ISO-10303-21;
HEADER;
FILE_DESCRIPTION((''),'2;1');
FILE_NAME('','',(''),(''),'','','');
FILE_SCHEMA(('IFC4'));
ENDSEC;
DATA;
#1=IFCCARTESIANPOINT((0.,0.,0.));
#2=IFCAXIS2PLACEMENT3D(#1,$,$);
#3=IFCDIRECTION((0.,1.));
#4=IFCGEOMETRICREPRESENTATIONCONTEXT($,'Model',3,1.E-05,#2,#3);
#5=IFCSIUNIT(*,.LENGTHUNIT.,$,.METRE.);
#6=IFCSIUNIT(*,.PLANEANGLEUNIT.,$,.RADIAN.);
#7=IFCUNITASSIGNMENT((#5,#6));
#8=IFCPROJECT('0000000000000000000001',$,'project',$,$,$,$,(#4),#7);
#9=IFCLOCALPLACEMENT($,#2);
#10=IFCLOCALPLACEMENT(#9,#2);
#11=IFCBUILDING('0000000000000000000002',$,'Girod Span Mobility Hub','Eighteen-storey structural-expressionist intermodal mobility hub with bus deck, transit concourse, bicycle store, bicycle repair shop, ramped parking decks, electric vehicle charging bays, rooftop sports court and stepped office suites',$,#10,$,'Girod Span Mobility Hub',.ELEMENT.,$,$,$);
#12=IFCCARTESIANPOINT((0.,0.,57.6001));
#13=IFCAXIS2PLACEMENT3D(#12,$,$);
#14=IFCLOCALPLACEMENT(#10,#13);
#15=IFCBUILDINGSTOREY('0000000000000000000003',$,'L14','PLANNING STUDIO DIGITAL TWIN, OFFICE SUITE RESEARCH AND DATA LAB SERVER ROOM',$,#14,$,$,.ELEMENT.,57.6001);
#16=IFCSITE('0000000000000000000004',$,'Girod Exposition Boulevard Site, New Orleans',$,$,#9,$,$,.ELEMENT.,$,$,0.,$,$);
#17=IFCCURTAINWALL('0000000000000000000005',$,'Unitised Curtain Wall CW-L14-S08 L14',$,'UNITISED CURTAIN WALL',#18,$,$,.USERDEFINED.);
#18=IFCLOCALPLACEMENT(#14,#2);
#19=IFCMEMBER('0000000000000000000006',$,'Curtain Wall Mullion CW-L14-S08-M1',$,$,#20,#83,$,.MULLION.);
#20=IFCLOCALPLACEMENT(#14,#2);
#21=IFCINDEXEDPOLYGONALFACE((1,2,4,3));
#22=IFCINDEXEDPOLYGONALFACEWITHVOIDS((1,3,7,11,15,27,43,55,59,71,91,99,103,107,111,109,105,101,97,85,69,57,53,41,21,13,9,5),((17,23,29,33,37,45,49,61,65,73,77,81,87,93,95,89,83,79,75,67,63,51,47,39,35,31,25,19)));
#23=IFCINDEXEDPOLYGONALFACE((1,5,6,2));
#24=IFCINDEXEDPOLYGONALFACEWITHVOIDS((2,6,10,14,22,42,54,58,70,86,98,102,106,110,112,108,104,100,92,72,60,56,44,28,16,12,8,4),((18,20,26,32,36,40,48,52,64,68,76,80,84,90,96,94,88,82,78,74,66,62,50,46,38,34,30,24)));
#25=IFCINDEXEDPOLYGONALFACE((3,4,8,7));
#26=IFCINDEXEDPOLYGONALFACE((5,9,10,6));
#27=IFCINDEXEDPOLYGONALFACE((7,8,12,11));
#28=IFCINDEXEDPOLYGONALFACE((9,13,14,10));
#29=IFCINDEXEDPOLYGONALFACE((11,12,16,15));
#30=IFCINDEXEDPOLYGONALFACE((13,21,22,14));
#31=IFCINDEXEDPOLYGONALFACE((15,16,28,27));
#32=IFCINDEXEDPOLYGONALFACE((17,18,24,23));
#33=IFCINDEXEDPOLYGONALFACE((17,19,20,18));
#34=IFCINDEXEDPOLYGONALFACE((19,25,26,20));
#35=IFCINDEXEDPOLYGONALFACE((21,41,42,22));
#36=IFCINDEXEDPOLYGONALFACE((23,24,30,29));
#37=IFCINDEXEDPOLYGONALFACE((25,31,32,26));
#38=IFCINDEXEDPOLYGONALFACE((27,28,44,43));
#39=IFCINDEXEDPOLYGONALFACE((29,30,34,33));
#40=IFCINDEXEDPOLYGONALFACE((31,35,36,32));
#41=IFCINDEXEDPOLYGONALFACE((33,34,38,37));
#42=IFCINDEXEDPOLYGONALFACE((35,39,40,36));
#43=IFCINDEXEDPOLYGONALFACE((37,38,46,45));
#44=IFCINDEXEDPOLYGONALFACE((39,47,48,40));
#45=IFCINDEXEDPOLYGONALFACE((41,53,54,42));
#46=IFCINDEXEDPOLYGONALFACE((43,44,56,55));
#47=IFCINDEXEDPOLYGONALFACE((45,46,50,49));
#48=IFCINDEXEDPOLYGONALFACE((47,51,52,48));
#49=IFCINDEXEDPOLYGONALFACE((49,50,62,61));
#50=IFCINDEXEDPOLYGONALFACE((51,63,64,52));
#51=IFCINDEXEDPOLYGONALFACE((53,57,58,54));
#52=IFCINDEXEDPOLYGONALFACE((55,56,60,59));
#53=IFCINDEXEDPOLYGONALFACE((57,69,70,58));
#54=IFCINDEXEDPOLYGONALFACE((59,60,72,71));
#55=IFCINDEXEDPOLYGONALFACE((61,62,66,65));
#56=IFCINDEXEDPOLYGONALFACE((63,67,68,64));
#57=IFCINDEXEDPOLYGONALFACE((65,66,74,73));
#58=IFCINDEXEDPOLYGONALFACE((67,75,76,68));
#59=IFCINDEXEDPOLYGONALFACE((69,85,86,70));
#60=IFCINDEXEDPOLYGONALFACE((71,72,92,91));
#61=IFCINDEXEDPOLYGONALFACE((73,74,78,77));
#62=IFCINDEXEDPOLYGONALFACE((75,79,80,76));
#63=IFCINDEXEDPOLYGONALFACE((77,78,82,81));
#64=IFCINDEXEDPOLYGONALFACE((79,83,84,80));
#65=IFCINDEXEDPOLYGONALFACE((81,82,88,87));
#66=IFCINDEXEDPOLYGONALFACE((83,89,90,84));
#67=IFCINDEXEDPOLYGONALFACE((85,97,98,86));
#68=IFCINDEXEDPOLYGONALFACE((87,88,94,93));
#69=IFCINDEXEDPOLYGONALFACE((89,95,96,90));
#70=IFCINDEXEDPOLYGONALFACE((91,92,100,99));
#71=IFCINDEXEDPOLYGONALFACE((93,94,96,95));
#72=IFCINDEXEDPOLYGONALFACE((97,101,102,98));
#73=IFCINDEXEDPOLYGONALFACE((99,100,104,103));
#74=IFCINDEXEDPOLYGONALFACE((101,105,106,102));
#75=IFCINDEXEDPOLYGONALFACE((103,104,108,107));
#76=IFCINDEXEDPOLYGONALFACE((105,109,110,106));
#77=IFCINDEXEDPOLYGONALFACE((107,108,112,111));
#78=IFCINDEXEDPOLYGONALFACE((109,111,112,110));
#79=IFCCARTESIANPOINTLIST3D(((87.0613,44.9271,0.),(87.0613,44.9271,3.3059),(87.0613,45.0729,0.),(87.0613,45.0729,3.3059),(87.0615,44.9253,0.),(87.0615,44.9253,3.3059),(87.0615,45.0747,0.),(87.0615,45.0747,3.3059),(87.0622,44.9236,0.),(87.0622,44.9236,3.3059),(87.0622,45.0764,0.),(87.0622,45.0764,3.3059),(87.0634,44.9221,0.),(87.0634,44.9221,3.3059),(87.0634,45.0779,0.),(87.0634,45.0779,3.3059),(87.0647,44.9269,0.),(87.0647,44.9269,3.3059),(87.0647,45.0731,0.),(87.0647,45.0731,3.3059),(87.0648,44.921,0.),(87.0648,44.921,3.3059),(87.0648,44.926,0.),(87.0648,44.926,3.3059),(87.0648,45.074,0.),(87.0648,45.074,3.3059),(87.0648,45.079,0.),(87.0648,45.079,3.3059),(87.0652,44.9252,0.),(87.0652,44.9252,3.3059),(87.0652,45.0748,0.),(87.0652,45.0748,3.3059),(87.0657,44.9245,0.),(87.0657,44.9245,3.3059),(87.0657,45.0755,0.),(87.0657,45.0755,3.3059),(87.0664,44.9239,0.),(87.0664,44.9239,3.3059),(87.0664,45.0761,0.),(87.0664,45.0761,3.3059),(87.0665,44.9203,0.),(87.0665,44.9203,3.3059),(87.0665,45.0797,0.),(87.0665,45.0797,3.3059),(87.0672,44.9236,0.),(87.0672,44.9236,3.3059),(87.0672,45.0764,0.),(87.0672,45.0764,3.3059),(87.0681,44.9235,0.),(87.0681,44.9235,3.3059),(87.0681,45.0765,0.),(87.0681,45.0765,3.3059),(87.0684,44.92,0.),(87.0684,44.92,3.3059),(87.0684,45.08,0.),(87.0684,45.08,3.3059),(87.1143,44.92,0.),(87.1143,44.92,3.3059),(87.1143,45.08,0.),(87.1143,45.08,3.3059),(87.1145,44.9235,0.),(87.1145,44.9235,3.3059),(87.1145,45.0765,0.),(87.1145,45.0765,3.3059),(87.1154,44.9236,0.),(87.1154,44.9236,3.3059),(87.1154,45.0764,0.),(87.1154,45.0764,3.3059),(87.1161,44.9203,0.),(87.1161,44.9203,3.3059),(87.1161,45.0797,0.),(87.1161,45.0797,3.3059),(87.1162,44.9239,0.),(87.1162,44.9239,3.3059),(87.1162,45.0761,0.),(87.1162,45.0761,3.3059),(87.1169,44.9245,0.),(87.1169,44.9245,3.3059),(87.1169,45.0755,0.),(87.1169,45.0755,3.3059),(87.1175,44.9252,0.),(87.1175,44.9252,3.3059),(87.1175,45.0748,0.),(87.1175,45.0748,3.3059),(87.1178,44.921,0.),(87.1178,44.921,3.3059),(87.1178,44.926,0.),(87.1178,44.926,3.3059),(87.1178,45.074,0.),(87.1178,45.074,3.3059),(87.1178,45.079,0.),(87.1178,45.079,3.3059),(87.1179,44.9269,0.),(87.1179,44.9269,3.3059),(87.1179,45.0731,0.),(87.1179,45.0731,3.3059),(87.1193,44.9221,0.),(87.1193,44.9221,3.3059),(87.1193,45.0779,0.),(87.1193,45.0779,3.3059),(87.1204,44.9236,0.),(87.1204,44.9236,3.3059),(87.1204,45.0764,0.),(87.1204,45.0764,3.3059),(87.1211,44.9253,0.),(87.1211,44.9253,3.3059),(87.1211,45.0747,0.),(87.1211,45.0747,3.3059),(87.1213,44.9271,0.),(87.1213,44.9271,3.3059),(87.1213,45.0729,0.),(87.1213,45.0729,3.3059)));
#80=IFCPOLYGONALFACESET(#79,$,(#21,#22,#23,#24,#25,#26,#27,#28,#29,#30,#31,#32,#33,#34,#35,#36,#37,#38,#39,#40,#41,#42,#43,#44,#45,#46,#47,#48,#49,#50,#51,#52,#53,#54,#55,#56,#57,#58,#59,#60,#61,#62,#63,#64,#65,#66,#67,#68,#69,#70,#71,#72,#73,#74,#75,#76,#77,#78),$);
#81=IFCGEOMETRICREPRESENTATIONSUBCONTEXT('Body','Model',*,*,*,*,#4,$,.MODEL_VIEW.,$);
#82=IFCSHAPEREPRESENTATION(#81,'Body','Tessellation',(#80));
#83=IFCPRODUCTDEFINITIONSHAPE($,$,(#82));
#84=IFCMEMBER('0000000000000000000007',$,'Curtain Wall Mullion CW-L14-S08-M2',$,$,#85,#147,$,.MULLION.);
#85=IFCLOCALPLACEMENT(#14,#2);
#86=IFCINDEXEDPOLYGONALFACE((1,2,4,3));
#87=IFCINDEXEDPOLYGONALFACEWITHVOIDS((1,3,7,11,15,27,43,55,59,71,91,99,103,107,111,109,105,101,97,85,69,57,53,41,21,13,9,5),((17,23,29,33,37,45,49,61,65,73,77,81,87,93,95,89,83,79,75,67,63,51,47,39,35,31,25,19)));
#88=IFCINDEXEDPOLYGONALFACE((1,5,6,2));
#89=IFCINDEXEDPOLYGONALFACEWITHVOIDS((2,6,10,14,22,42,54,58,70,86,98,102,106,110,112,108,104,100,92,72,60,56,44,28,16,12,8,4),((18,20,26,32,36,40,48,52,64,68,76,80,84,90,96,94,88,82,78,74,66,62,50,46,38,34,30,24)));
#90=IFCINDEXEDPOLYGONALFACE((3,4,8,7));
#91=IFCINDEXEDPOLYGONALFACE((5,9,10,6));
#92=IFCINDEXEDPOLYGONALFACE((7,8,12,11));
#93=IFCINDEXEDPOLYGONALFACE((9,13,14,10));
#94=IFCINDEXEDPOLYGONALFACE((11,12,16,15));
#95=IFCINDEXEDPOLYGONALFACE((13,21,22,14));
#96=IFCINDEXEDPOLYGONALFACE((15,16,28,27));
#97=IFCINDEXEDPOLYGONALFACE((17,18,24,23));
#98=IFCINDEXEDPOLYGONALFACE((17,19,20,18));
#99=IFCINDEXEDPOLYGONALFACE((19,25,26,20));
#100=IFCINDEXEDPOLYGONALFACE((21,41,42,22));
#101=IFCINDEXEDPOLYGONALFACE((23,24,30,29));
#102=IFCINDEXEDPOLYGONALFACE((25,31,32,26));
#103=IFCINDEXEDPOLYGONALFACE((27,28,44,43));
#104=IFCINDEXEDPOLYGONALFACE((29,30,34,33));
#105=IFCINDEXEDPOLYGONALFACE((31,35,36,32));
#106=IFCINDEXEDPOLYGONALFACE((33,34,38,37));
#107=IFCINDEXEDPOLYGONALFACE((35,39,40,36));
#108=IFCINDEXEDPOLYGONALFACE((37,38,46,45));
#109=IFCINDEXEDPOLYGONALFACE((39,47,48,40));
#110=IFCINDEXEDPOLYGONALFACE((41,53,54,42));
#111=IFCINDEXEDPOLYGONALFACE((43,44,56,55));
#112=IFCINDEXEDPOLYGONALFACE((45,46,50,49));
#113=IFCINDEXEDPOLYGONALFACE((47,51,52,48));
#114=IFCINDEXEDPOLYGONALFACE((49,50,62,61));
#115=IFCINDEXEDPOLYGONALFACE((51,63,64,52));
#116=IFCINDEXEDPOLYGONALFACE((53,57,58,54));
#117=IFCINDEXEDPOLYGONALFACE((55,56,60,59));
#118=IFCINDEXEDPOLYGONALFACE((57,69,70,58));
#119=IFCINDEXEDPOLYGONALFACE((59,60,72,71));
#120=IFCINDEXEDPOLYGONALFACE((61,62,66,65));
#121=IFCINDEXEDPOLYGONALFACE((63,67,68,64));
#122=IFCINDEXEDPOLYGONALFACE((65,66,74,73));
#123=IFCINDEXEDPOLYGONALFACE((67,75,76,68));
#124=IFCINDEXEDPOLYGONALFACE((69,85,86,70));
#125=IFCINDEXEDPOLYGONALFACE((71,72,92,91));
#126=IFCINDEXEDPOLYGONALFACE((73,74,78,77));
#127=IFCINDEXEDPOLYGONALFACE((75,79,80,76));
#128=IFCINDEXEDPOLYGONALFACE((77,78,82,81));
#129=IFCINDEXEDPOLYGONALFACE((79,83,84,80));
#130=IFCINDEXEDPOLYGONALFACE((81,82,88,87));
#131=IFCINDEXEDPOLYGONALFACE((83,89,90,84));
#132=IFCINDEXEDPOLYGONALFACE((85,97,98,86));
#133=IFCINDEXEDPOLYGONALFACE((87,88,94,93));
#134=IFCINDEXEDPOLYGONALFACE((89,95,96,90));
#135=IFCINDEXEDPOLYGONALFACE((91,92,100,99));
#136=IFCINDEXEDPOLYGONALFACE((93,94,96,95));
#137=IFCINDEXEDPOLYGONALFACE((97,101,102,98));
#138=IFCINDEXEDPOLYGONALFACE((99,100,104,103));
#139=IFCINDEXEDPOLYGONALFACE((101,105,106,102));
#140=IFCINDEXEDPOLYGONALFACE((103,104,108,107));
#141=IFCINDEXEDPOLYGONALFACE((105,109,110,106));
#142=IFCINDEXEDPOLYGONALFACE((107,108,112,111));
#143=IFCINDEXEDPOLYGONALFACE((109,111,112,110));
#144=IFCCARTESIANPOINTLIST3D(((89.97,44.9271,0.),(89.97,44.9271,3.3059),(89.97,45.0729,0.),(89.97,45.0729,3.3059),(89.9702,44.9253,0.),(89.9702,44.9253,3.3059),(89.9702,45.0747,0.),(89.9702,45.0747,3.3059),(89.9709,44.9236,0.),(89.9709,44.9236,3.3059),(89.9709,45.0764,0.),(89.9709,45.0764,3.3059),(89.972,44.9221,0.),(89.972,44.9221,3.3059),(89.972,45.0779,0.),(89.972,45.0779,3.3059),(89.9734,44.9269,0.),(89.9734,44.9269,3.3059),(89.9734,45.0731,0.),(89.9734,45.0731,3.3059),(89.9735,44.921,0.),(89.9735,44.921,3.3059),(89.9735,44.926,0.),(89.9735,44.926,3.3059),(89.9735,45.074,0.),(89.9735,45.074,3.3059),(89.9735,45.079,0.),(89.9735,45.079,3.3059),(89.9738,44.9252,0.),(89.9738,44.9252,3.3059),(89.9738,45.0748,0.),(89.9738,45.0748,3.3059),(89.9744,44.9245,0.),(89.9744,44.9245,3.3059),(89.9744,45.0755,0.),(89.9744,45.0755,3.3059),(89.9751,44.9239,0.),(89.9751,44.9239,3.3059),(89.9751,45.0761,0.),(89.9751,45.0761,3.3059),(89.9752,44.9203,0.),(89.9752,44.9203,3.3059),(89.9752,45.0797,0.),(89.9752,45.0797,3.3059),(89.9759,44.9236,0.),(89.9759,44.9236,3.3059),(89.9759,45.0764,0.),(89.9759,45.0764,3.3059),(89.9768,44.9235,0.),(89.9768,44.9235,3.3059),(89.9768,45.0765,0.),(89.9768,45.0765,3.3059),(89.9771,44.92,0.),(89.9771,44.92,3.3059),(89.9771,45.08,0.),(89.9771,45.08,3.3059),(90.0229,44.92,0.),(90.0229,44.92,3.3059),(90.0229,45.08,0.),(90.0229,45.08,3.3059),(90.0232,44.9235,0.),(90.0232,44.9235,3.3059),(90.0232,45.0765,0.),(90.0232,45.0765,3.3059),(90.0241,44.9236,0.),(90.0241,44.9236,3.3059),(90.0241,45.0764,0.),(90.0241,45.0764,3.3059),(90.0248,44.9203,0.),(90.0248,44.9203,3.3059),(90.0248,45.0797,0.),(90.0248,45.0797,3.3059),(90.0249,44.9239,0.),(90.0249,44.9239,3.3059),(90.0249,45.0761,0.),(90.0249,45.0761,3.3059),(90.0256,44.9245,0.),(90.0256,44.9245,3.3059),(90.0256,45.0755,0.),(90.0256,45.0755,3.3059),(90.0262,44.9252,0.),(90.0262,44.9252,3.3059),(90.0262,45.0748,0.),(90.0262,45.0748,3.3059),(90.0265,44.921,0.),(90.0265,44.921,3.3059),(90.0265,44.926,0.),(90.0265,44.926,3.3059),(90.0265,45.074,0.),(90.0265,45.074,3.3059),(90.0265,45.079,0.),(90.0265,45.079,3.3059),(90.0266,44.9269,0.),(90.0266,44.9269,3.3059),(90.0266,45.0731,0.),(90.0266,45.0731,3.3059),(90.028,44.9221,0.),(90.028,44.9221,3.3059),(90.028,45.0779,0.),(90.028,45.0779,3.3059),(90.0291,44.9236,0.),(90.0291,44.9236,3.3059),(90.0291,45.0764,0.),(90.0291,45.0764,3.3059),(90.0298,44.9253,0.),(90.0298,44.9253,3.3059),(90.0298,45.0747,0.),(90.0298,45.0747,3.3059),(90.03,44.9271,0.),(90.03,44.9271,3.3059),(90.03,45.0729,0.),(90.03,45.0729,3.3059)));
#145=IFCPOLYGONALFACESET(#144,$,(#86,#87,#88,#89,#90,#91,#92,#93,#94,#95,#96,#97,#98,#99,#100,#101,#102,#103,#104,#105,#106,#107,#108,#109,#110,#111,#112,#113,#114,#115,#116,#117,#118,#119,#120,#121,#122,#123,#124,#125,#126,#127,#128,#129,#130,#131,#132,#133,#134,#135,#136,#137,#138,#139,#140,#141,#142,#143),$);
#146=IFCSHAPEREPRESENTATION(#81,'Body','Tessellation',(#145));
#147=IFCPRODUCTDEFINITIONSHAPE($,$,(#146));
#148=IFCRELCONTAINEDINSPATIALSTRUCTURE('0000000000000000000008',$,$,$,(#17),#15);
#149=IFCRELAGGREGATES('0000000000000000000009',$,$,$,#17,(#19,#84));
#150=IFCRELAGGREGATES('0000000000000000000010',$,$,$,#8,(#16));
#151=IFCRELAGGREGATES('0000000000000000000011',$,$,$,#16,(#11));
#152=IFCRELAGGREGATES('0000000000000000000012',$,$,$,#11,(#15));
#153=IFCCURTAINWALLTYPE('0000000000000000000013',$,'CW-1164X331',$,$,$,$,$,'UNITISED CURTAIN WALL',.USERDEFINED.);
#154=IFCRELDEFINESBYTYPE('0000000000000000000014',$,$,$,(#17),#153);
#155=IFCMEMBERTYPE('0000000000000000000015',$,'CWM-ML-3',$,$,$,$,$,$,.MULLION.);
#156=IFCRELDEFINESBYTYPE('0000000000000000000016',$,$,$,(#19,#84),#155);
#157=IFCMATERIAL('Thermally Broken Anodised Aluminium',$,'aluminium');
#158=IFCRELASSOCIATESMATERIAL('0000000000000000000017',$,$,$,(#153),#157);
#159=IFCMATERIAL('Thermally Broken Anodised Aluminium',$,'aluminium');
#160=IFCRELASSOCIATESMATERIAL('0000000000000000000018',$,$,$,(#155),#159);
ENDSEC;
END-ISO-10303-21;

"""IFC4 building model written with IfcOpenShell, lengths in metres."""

from ifc_helpers import new_model, si_unit, direction, frame, origin, origin_2d, place, context, subcontext, project, spatial, hollow_rectangle, extrude, material, material_profile, profile_set, type_object, element, aggregate, save


model = new_model("IFC4")

# Units and contexts
model_context = context("Model", 3, precision=1e-05, world=origin(), true_north=direction((0.0, 1.0)))
body_context = subcontext(model_context, "Body", "Model", "MODEL_VIEW")
ifc_project = project(units=[si_unit("LENGTHUNIT", "METRE"), si_unit("PLANEANGLEUNIT", "RADIAN")], contexts=[model_context])

# Site, building, storey
site_placement = place(None, origin())
site = spatial("IfcSite", under=ifc_project, at=site_placement, Name="Girod Exposition Boulevard Site, New Orleans", CompositionType="ELEMENT", RefElevation=0.0)
building_placement = place(site_placement, origin())
building = spatial("IfcBuilding", under=site, at=building_placement, Name="Girod Span Mobility Hub", Description="Eighteen-storey structural-expressionist intermodal mobility hub with bus deck, transit concourse, bicycle store, bicycle repair shop, ramped parking decks, electric vehicle charging bays, rooftop sports court and stepped office suites", LongName="Girod Span Mobility Hub", CompositionType="ELEMENT")
storey_placement = place(building_placement, frame((0.0, 0.0, 57.6001)))
storey = spatial("IfcBuildingStorey", under=building, at=storey_placement, Name="L14", Description="PLANNING STUDIO DIGITAL TWIN, OFFICE SUITE RESEARCH AND DATA LAB SERVER ROOM", CompositionType="ELEMENT", Elevation=57.6001)

# Shared definitions
ifc_material_1 = material(Name="Thermally Broken Anodised Aluminium", Category="aluminium")
curtain_wall_type = type_object("IfcCurtainWallType", Name="CW-1164X331", ElementType="UNITISED CURTAIN WALL", PredefinedType="USERDEFINED", material=ifc_material_1)
ifc_material_2 = material(Name="Thermally Broken Anodised Aluminium", Category="aluminium")
ifc_material_profile_1 = material_profile(ifc_material_2, hollow_rectangle(XDim=0.1599, YDim=0.0601, WallThickness=0.0034, InnerFilletRadius=0.0034, OuterFilletRadius=0.0071, at=origin_2d()), Name="CW-ML-60X160")
ifc_profile_set_1 = profile_set([ifc_material_profile_1], Name="Thermally Broken Anodised Aluminium")
member_type_1 = type_object("IfcMemberType", Name="CWM-ML-3", PredefinedType="MULLION", material=ifc_profile_set_1)

# Curtain wall, members
curtain_wall_1_placement = place(storey_placement, origin())
curtain_wall_1 = element("IfcCurtainWall", 1, at=curtain_wall_1_placement, inside=storey, type_object=curtain_wall_type, Name="Unitised Curtain Wall CW-L14-S08 L14", ObjectType="UNITISED CURTAIN WALL", PredefinedType="USERDEFINED")
member_1_placement = place(storey_placement, frame((87.0913, 45.0, 0.0), z_axis=(0.0, 0.0, 1.0), x_axis=(0.0, 1.0, 0.0)))
member_1 = element("IfcMember", 2, at=member_1_placement, type_object=member_type_1, Name="Curtain Wall Mullion CW-L14-S08-M1", PredefinedType="MULLION", context=body_context, shape_type="SweptSolid", body=[
    extrude(hollow_rectangle(XDim=0.1599, YDim=0.0601, WallThickness=0.0034, InnerFilletRadius=0.0034, OuterFilletRadius=0.0071, at=origin_2d()), origin(), (0.0, 0.0, 1.0), 3.3059),
])
member_2_placement = place(storey_placement, frame((90.0, 45.0, 0.0), z_axis=(0.0, 0.0, 1.0), x_axis=(0.0, 1.0, 0.0)))
member_2 = element("IfcMember", 3, at=member_2_placement, type_object=member_type_1, Name="Curtain Wall Mullion CW-L14-S08-M2", PredefinedType="MULLION", context=body_context, shape_type="SweptSolid", body=[
    extrude(hollow_rectangle(XDim=0.1599, YDim=0.0601, WallThickness=0.0034, InnerFilletRadius=0.0034, OuterFilletRadius=0.0071, at=origin_2d()), origin(), (0.0, 0.0, 1.0), 3.3059),
])

aggregate(curtain_wall_1, [member_1, member_2])

save(model, "model.ifc")
